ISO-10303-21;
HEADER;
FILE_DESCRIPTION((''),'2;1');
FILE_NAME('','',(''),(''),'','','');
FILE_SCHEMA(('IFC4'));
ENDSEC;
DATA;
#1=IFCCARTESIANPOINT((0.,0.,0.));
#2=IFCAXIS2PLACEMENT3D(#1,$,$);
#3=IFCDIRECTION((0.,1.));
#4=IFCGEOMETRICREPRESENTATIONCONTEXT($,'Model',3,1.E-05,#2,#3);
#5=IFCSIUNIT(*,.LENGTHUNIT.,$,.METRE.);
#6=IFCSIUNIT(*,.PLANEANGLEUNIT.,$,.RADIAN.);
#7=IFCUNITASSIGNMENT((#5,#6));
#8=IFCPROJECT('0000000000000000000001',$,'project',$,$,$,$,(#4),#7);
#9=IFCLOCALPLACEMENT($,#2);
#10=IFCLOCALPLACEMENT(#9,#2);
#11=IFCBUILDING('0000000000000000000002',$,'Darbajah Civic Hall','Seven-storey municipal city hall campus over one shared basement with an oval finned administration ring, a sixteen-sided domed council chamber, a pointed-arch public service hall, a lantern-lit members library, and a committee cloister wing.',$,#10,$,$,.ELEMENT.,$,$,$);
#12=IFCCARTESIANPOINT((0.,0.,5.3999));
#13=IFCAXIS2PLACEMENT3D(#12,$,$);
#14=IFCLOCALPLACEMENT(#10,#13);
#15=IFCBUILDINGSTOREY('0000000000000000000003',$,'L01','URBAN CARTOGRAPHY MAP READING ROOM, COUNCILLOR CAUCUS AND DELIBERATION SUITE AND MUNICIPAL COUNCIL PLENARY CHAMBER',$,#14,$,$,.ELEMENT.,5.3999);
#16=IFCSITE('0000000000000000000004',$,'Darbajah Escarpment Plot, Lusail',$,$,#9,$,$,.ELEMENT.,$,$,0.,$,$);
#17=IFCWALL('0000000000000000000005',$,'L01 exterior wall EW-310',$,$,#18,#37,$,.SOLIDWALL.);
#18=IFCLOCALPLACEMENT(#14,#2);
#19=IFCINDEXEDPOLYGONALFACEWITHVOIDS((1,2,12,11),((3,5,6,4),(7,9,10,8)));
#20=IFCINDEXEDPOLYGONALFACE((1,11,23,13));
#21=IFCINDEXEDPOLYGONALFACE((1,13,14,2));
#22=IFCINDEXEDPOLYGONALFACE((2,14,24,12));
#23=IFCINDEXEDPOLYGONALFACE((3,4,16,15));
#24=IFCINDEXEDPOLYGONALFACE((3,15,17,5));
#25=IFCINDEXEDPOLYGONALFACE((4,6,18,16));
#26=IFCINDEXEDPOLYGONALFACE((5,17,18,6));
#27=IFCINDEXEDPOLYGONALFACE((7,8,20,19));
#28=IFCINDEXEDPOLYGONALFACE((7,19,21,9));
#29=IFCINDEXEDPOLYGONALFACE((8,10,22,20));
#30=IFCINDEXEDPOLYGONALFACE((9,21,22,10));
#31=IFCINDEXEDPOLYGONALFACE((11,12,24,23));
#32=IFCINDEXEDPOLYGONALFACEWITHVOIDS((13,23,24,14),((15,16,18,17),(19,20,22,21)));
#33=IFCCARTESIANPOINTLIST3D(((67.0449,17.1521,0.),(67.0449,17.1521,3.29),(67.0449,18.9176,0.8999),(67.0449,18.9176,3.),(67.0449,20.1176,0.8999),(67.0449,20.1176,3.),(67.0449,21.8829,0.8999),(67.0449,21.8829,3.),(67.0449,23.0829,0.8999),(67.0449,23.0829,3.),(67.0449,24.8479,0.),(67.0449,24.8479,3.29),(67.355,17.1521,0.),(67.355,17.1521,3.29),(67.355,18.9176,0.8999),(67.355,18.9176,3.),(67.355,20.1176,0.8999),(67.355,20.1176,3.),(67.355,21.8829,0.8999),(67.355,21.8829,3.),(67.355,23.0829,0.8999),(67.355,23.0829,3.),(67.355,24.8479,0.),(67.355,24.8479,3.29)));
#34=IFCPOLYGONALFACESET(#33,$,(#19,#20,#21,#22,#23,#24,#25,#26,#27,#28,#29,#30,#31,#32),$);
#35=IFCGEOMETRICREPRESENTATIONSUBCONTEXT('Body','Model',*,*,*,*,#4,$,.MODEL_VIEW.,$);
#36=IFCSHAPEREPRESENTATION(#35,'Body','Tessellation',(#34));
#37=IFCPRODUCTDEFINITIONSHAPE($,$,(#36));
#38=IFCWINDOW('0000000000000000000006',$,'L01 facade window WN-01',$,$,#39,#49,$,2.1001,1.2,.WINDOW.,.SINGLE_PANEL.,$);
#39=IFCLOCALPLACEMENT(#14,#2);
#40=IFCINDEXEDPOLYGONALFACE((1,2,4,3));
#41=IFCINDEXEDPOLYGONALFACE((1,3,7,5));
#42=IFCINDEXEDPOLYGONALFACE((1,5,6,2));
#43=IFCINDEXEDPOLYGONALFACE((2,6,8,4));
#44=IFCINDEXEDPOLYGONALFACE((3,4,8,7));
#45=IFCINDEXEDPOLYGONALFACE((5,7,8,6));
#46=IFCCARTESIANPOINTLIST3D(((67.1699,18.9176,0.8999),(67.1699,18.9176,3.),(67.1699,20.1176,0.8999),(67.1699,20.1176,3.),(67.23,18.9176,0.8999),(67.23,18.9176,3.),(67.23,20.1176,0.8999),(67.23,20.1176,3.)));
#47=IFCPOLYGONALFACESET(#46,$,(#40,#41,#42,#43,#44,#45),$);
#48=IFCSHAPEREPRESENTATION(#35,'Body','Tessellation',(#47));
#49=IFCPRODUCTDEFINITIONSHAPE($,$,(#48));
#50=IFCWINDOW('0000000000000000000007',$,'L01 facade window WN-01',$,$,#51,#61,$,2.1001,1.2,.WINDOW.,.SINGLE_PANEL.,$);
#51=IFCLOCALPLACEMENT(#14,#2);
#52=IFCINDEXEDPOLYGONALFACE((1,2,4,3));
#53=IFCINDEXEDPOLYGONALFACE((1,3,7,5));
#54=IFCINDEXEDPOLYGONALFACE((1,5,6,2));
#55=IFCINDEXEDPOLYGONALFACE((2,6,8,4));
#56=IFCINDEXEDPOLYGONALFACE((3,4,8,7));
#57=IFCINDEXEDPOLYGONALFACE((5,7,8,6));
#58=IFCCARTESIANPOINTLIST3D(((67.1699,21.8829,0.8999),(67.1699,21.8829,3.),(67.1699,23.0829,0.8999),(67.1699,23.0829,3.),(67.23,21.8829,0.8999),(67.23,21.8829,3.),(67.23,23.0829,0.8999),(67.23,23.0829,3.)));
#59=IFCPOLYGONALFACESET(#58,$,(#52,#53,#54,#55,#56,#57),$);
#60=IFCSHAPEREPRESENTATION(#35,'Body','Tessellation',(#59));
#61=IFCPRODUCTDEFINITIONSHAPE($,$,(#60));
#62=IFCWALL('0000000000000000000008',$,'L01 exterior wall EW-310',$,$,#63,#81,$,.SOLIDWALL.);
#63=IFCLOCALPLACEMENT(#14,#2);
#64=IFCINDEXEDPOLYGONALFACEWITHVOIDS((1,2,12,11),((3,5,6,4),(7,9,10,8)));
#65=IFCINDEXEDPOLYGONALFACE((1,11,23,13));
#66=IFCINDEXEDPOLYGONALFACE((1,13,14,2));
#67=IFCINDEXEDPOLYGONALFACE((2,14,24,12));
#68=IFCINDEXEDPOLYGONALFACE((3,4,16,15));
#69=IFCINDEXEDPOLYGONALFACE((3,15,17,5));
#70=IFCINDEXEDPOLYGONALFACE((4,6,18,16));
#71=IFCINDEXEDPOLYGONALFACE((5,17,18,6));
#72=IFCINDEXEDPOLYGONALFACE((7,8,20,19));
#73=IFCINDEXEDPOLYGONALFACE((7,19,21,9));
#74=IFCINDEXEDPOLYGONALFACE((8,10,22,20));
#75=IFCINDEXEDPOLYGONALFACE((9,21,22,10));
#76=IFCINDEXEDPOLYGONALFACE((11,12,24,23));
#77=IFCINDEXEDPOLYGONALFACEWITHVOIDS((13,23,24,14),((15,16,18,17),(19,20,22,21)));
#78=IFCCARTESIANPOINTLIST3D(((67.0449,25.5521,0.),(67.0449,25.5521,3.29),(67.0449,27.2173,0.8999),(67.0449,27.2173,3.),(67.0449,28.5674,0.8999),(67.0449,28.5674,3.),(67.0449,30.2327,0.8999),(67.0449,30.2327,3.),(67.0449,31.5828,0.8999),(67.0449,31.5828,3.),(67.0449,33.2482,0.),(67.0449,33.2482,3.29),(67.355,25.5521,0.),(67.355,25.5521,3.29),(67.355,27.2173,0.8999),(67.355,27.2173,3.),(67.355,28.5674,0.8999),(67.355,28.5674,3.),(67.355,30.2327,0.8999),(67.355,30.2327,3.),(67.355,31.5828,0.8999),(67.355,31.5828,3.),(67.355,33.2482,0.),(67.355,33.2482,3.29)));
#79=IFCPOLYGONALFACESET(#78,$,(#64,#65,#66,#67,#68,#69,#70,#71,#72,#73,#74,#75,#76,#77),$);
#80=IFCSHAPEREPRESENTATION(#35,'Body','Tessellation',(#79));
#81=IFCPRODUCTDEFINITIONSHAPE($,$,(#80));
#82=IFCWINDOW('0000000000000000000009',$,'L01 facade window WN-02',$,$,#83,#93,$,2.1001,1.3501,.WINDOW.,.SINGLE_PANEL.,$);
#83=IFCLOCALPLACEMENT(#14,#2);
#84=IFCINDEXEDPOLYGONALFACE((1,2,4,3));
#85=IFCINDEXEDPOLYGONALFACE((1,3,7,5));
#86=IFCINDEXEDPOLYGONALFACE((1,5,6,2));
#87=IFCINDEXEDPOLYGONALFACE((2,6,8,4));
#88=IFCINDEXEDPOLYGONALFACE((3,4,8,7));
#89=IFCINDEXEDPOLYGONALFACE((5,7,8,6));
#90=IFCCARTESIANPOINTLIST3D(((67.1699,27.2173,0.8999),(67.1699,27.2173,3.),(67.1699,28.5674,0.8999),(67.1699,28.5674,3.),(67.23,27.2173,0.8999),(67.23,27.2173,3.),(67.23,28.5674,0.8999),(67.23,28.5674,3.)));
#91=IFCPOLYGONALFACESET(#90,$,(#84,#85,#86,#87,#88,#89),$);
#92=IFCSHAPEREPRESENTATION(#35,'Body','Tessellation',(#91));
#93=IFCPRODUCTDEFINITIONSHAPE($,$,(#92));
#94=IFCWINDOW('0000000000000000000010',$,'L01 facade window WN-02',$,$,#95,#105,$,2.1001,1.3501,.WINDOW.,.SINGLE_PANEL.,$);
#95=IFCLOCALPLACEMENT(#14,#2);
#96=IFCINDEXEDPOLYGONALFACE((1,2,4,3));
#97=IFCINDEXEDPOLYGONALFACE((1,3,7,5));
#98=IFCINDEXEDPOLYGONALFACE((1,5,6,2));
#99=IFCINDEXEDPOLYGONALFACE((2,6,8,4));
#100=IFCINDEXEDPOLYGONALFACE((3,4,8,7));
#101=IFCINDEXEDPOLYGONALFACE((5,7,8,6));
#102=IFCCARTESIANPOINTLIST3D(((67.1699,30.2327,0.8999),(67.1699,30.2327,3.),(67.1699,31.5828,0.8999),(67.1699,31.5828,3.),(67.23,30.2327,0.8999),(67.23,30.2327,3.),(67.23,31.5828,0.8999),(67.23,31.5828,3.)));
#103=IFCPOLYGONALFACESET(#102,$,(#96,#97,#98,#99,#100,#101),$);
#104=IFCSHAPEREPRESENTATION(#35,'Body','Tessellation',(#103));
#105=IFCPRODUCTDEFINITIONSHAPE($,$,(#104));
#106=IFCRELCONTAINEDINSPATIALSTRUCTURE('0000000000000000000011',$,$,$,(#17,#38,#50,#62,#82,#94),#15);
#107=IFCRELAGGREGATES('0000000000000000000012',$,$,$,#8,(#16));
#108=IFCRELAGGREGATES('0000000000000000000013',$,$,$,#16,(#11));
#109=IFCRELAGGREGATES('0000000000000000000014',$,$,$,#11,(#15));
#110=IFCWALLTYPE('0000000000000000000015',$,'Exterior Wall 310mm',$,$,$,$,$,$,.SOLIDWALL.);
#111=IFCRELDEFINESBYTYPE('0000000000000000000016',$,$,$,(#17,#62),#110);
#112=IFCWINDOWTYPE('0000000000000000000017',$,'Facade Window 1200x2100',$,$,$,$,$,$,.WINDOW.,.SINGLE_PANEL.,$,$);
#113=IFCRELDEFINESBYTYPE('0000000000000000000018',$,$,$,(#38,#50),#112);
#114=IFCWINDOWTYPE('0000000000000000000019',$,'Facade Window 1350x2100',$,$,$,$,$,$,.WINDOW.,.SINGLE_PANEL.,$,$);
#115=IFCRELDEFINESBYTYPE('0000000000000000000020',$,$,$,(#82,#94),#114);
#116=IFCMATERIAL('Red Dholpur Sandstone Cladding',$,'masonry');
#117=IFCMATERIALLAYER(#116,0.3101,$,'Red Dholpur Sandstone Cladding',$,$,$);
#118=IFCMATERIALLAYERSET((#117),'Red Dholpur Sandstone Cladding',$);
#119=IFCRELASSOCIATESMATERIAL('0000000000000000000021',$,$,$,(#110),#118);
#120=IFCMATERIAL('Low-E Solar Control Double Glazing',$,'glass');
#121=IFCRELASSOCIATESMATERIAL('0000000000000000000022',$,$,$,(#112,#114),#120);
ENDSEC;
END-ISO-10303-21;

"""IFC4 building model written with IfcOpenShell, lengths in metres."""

from ifc_helpers import new_model, si_unit, direction, frame, frame_2d, origin, place, context, subcontext, project, spatial, rectangle, extrude, material, layer, layer_set, type_object, element, fill, save


model = new_model("IFC4")

# Units and contexts
model_context = context("Model", 3, precision=1e-05, world=origin(), true_north=direction((0.0, 1.0)))
body_context = subcontext(model_context, "Body", "Model", "MODEL_VIEW")
ifc_project = project(units=[si_unit("LENGTHUNIT", "METRE"), si_unit("PLANEANGLEUNIT", "RADIAN")], contexts=[model_context])

# Site, building, storey
site_placement = place(None, origin())
site = spatial("IfcSite", under=ifc_project, at=site_placement, Name="Darbajah Escarpment Plot, Lusail", CompositionType="ELEMENT", RefElevation=0.0)
building_placement = place(site_placement, origin())
building = spatial("IfcBuilding", under=site, at=building_placement, Name="Darbajah Civic Hall", Description="Seven-storey municipal city hall campus over one shared basement with an oval finned administration ring, a sixteen-sided domed council chamber, a pointed-arch public service hall, a lantern-lit members library, and a committee cloister wing.", CompositionType="ELEMENT")
storey_placement = place(building_placement, frame((0.0, 0.0, 5.3999)))
storey = spatial("IfcBuildingStorey", under=building, at=storey_placement, Name="L01", Description="URBAN CARTOGRAPHY MAP READING ROOM, COUNCILLOR CAUCUS AND DELIBERATION SUITE AND MUNICIPAL COUNCIL PLENARY CHAMBER", CompositionType="ELEMENT", Elevation=5.3999)

# Walls, openings, windows
ifc_material_1 = material(Name="Red Dholpur Sandstone Cladding", Category="masonry")
ifc_layer = layer(ifc_material_1, 0.3101, Name="Red Dholpur Sandstone Cladding")
ifc_layer_set = layer_set([ifc_layer], Name="Red Dholpur Sandstone Cladding")
wall_type = type_object("IfcWallType", Name="Exterior Wall 310mm", PredefinedType="SOLIDWALL", material=ifc_layer_set)
wall_1_placement = place(storey_placement, frame((67.2, 17.1521, 0.0), z_axis=(0.0, 0.0, 1.0), x_axis=(0.0, 1.0, 0.0)))
wall_1 = element("IfcWall", 1, at=wall_1_placement, inside=storey, type_object=wall_type, Name="L01 exterior wall EW-310", PredefinedType="SOLIDWALL", context=body_context, shape_type="SweptSolid", body=[
    extrude(rectangle(XDim=7.6958, YDim=0.3101, at=frame_2d((3.8479, 0.0))), origin(), (0.0, 0.0, 1.0), 3.29),
])
opening_1_placement = place(wall_1_placement, frame((1.7654, 0.0, 0.8999)))
opening_1 = element("IfcOpeningElement", 2, at=opening_1_placement, cuts=wall_1, PredefinedType="OPENING", context=body_context, shape_type="SweptSolid", body=[
    extrude(rectangle(XDim=1.2, YDim=2.1001, at=frame_2d((0.6001, 1.05))), frame((0.0, 0.165, 0.0), z_axis=(0.0, -1.0, 0.0), x_axis=(1.0, 0.0, 0.0)), (0.0, 0.0, 1.0), 0.3301),
])
opening_2_placement = place(wall_1_placement, frame((4.7307, 0.0, 0.8999)))
opening_2 = element("IfcOpeningElement", 3, at=opening_2_placement, cuts=wall_1, PredefinedType="OPENING", context=body_context, shape_type="SweptSolid", body=[
    extrude(rectangle(XDim=1.2, YDim=2.1001, at=frame_2d((0.6001, 1.05))), frame((0.0, 0.165, 0.0), z_axis=(0.0, -1.0, 0.0), x_axis=(1.0, 0.0, 0.0)), (0.0, 0.0, 1.0), 0.3301),
])
ifc_material_2 = material(Name="Low-E Solar Control Double Glazing", Category="glass")
window_type_1 = type_object("IfcWindowType", Name="Facade Window 1200x2100", PartitioningType="SINGLE_PANEL", PredefinedType="WINDOW", material=ifc_material_2)
window_1_placement = place(opening_1_placement, origin())
window_1 = element("IfcWindow", 4, at=window_1_placement, inside=storey, type_object=window_type_1, Name="L01 facade window WN-01", OverallHeight=2.1001, OverallWidth=1.2, PartitioningType="SINGLE_PANEL", PredefinedType="WINDOW", context=body_context, shape_type="SweptSolid", body=[
    extrude(rectangle(XDim=1.2, YDim=2.1001, at=frame_2d((0.6001, 1.05))), frame((0.0, 0.03, 0.0), z_axis=(0.0, -1.0, 0.0), x_axis=(1.0, 0.0, 0.0)), (0.0, 0.0, 1.0), 0.0601),
])
fill(opening_1, window_1)
window_2_placement = place(opening_2_placement, origin())
window_2 = element("IfcWindow", 5, at=window_2_placement, inside=storey, type_object=window_type_1, Name="L01 facade window WN-01", OverallHeight=2.1001, OverallWidth=1.2, PartitioningType="SINGLE_PANEL", PredefinedType="WINDOW", context=body_context, shape_type="SweptSolid", body=[
    extrude(rectangle(XDim=1.2, YDim=2.1001, at=frame_2d((0.6001, 1.05))), frame((0.0, 0.03, 0.0), z_axis=(0.0, -1.0, 0.0), x_axis=(1.0, 0.0, 0.0)), (0.0, 0.0, 1.0), 0.0601),
])
fill(opening_2, window_2)
wall_2_placement = place(storey_placement, frame((67.2, 25.552, 0.0), z_axis=(0.0, 0.0, 1.0), x_axis=(0.0, 1.0, 0.0)))
wall_2 = element("IfcWall", 6, at=wall_2_placement, inside=storey, type_object=wall_type, Name="L01 exterior wall EW-310", PredefinedType="SOLIDWALL", context=body_context, shape_type="SweptSolid", body=[
    extrude(rectangle(XDim=7.696, YDim=0.3101, at=frame_2d((3.8481, 0.0))), origin(), (0.0, 0.0, 1.0), 3.29),
])
opening_3_placement = place(wall_2_placement, frame((1.6653, 0.0, 0.8999)))
opening_3 = element("IfcOpeningElement", 7, at=opening_3_placement, cuts=wall_2, PredefinedType="OPENING", context=body_context, shape_type="SweptSolid", body=[
    extrude(rectangle(XDim=1.3501, YDim=2.1001, at=frame_2d((0.675, 1.05))), frame((0.0, 0.165, 0.0), z_axis=(0.0, -1.0, 0.0), x_axis=(1.0, 0.0, 0.0)), (0.0, 0.0, 1.0), 0.3301),
])
opening_4_placement = place(wall_2_placement, frame((4.6807, 0.0, 0.8999)))
opening_4 = element("IfcOpeningElement", 8, at=opening_4_placement, cuts=wall_2, PredefinedType="OPENING", context=body_context, shape_type="SweptSolid", body=[
    extrude(rectangle(XDim=1.3501, YDim=2.1001, at=frame_2d((0.675, 1.05))), frame((0.0, 0.165, 0.0), z_axis=(0.0, -1.0, 0.0), x_axis=(1.0, 0.0, 0.0)), (0.0, 0.0, 1.0), 0.3301),
])
window_type_2 = type_object("IfcWindowType", Name="Facade Window 1350x2100", PartitioningType="SINGLE_PANEL", PredefinedType="WINDOW", material=ifc_material_2)
window_3_placement = place(opening_3_placement, origin())
window_3 = element("IfcWindow", 9, at=window_3_placement, inside=storey, type_object=window_type_2, Name="L01 facade window WN-02", OverallHeight=2.1001, OverallWidth=1.3501, PartitioningType="SINGLE_PANEL", PredefinedType="WINDOW", context=body_context, shape_type="SweptSolid", body=[
    extrude(rectangle(XDim=1.3501, YDim=2.1001, at=frame_2d((0.675, 1.05))), frame((0.0, 0.03, 0.0), z_axis=(0.0, -1.0, 0.0), x_axis=(1.0, 0.0, 0.0)), (0.0, 0.0, 1.0), 0.0601),
])
fill(opening_3, window_3)
window_4_placement = place(opening_4_placement, origin())
window_4 = element("IfcWindow", 10, at=window_4_placement, inside=storey, type_object=window_type_2, Name="L01 facade window WN-02", OverallHeight=2.1001, OverallWidth=1.3501, PartitioningType="SINGLE_PANEL", PredefinedType="WINDOW", context=body_context, shape_type="SweptSolid", body=[
    extrude(rectangle(XDim=1.3501, YDim=2.1001, at=frame_2d((0.675, 1.05))), frame((0.0, 0.03, 0.0), z_axis=(0.0, -1.0, 0.0), x_axis=(1.0, 0.0, 0.0)), (0.0, 0.0, 1.0), 0.0601),
])
fill(opening_4, window_4)

save(model, "model.ifc")
